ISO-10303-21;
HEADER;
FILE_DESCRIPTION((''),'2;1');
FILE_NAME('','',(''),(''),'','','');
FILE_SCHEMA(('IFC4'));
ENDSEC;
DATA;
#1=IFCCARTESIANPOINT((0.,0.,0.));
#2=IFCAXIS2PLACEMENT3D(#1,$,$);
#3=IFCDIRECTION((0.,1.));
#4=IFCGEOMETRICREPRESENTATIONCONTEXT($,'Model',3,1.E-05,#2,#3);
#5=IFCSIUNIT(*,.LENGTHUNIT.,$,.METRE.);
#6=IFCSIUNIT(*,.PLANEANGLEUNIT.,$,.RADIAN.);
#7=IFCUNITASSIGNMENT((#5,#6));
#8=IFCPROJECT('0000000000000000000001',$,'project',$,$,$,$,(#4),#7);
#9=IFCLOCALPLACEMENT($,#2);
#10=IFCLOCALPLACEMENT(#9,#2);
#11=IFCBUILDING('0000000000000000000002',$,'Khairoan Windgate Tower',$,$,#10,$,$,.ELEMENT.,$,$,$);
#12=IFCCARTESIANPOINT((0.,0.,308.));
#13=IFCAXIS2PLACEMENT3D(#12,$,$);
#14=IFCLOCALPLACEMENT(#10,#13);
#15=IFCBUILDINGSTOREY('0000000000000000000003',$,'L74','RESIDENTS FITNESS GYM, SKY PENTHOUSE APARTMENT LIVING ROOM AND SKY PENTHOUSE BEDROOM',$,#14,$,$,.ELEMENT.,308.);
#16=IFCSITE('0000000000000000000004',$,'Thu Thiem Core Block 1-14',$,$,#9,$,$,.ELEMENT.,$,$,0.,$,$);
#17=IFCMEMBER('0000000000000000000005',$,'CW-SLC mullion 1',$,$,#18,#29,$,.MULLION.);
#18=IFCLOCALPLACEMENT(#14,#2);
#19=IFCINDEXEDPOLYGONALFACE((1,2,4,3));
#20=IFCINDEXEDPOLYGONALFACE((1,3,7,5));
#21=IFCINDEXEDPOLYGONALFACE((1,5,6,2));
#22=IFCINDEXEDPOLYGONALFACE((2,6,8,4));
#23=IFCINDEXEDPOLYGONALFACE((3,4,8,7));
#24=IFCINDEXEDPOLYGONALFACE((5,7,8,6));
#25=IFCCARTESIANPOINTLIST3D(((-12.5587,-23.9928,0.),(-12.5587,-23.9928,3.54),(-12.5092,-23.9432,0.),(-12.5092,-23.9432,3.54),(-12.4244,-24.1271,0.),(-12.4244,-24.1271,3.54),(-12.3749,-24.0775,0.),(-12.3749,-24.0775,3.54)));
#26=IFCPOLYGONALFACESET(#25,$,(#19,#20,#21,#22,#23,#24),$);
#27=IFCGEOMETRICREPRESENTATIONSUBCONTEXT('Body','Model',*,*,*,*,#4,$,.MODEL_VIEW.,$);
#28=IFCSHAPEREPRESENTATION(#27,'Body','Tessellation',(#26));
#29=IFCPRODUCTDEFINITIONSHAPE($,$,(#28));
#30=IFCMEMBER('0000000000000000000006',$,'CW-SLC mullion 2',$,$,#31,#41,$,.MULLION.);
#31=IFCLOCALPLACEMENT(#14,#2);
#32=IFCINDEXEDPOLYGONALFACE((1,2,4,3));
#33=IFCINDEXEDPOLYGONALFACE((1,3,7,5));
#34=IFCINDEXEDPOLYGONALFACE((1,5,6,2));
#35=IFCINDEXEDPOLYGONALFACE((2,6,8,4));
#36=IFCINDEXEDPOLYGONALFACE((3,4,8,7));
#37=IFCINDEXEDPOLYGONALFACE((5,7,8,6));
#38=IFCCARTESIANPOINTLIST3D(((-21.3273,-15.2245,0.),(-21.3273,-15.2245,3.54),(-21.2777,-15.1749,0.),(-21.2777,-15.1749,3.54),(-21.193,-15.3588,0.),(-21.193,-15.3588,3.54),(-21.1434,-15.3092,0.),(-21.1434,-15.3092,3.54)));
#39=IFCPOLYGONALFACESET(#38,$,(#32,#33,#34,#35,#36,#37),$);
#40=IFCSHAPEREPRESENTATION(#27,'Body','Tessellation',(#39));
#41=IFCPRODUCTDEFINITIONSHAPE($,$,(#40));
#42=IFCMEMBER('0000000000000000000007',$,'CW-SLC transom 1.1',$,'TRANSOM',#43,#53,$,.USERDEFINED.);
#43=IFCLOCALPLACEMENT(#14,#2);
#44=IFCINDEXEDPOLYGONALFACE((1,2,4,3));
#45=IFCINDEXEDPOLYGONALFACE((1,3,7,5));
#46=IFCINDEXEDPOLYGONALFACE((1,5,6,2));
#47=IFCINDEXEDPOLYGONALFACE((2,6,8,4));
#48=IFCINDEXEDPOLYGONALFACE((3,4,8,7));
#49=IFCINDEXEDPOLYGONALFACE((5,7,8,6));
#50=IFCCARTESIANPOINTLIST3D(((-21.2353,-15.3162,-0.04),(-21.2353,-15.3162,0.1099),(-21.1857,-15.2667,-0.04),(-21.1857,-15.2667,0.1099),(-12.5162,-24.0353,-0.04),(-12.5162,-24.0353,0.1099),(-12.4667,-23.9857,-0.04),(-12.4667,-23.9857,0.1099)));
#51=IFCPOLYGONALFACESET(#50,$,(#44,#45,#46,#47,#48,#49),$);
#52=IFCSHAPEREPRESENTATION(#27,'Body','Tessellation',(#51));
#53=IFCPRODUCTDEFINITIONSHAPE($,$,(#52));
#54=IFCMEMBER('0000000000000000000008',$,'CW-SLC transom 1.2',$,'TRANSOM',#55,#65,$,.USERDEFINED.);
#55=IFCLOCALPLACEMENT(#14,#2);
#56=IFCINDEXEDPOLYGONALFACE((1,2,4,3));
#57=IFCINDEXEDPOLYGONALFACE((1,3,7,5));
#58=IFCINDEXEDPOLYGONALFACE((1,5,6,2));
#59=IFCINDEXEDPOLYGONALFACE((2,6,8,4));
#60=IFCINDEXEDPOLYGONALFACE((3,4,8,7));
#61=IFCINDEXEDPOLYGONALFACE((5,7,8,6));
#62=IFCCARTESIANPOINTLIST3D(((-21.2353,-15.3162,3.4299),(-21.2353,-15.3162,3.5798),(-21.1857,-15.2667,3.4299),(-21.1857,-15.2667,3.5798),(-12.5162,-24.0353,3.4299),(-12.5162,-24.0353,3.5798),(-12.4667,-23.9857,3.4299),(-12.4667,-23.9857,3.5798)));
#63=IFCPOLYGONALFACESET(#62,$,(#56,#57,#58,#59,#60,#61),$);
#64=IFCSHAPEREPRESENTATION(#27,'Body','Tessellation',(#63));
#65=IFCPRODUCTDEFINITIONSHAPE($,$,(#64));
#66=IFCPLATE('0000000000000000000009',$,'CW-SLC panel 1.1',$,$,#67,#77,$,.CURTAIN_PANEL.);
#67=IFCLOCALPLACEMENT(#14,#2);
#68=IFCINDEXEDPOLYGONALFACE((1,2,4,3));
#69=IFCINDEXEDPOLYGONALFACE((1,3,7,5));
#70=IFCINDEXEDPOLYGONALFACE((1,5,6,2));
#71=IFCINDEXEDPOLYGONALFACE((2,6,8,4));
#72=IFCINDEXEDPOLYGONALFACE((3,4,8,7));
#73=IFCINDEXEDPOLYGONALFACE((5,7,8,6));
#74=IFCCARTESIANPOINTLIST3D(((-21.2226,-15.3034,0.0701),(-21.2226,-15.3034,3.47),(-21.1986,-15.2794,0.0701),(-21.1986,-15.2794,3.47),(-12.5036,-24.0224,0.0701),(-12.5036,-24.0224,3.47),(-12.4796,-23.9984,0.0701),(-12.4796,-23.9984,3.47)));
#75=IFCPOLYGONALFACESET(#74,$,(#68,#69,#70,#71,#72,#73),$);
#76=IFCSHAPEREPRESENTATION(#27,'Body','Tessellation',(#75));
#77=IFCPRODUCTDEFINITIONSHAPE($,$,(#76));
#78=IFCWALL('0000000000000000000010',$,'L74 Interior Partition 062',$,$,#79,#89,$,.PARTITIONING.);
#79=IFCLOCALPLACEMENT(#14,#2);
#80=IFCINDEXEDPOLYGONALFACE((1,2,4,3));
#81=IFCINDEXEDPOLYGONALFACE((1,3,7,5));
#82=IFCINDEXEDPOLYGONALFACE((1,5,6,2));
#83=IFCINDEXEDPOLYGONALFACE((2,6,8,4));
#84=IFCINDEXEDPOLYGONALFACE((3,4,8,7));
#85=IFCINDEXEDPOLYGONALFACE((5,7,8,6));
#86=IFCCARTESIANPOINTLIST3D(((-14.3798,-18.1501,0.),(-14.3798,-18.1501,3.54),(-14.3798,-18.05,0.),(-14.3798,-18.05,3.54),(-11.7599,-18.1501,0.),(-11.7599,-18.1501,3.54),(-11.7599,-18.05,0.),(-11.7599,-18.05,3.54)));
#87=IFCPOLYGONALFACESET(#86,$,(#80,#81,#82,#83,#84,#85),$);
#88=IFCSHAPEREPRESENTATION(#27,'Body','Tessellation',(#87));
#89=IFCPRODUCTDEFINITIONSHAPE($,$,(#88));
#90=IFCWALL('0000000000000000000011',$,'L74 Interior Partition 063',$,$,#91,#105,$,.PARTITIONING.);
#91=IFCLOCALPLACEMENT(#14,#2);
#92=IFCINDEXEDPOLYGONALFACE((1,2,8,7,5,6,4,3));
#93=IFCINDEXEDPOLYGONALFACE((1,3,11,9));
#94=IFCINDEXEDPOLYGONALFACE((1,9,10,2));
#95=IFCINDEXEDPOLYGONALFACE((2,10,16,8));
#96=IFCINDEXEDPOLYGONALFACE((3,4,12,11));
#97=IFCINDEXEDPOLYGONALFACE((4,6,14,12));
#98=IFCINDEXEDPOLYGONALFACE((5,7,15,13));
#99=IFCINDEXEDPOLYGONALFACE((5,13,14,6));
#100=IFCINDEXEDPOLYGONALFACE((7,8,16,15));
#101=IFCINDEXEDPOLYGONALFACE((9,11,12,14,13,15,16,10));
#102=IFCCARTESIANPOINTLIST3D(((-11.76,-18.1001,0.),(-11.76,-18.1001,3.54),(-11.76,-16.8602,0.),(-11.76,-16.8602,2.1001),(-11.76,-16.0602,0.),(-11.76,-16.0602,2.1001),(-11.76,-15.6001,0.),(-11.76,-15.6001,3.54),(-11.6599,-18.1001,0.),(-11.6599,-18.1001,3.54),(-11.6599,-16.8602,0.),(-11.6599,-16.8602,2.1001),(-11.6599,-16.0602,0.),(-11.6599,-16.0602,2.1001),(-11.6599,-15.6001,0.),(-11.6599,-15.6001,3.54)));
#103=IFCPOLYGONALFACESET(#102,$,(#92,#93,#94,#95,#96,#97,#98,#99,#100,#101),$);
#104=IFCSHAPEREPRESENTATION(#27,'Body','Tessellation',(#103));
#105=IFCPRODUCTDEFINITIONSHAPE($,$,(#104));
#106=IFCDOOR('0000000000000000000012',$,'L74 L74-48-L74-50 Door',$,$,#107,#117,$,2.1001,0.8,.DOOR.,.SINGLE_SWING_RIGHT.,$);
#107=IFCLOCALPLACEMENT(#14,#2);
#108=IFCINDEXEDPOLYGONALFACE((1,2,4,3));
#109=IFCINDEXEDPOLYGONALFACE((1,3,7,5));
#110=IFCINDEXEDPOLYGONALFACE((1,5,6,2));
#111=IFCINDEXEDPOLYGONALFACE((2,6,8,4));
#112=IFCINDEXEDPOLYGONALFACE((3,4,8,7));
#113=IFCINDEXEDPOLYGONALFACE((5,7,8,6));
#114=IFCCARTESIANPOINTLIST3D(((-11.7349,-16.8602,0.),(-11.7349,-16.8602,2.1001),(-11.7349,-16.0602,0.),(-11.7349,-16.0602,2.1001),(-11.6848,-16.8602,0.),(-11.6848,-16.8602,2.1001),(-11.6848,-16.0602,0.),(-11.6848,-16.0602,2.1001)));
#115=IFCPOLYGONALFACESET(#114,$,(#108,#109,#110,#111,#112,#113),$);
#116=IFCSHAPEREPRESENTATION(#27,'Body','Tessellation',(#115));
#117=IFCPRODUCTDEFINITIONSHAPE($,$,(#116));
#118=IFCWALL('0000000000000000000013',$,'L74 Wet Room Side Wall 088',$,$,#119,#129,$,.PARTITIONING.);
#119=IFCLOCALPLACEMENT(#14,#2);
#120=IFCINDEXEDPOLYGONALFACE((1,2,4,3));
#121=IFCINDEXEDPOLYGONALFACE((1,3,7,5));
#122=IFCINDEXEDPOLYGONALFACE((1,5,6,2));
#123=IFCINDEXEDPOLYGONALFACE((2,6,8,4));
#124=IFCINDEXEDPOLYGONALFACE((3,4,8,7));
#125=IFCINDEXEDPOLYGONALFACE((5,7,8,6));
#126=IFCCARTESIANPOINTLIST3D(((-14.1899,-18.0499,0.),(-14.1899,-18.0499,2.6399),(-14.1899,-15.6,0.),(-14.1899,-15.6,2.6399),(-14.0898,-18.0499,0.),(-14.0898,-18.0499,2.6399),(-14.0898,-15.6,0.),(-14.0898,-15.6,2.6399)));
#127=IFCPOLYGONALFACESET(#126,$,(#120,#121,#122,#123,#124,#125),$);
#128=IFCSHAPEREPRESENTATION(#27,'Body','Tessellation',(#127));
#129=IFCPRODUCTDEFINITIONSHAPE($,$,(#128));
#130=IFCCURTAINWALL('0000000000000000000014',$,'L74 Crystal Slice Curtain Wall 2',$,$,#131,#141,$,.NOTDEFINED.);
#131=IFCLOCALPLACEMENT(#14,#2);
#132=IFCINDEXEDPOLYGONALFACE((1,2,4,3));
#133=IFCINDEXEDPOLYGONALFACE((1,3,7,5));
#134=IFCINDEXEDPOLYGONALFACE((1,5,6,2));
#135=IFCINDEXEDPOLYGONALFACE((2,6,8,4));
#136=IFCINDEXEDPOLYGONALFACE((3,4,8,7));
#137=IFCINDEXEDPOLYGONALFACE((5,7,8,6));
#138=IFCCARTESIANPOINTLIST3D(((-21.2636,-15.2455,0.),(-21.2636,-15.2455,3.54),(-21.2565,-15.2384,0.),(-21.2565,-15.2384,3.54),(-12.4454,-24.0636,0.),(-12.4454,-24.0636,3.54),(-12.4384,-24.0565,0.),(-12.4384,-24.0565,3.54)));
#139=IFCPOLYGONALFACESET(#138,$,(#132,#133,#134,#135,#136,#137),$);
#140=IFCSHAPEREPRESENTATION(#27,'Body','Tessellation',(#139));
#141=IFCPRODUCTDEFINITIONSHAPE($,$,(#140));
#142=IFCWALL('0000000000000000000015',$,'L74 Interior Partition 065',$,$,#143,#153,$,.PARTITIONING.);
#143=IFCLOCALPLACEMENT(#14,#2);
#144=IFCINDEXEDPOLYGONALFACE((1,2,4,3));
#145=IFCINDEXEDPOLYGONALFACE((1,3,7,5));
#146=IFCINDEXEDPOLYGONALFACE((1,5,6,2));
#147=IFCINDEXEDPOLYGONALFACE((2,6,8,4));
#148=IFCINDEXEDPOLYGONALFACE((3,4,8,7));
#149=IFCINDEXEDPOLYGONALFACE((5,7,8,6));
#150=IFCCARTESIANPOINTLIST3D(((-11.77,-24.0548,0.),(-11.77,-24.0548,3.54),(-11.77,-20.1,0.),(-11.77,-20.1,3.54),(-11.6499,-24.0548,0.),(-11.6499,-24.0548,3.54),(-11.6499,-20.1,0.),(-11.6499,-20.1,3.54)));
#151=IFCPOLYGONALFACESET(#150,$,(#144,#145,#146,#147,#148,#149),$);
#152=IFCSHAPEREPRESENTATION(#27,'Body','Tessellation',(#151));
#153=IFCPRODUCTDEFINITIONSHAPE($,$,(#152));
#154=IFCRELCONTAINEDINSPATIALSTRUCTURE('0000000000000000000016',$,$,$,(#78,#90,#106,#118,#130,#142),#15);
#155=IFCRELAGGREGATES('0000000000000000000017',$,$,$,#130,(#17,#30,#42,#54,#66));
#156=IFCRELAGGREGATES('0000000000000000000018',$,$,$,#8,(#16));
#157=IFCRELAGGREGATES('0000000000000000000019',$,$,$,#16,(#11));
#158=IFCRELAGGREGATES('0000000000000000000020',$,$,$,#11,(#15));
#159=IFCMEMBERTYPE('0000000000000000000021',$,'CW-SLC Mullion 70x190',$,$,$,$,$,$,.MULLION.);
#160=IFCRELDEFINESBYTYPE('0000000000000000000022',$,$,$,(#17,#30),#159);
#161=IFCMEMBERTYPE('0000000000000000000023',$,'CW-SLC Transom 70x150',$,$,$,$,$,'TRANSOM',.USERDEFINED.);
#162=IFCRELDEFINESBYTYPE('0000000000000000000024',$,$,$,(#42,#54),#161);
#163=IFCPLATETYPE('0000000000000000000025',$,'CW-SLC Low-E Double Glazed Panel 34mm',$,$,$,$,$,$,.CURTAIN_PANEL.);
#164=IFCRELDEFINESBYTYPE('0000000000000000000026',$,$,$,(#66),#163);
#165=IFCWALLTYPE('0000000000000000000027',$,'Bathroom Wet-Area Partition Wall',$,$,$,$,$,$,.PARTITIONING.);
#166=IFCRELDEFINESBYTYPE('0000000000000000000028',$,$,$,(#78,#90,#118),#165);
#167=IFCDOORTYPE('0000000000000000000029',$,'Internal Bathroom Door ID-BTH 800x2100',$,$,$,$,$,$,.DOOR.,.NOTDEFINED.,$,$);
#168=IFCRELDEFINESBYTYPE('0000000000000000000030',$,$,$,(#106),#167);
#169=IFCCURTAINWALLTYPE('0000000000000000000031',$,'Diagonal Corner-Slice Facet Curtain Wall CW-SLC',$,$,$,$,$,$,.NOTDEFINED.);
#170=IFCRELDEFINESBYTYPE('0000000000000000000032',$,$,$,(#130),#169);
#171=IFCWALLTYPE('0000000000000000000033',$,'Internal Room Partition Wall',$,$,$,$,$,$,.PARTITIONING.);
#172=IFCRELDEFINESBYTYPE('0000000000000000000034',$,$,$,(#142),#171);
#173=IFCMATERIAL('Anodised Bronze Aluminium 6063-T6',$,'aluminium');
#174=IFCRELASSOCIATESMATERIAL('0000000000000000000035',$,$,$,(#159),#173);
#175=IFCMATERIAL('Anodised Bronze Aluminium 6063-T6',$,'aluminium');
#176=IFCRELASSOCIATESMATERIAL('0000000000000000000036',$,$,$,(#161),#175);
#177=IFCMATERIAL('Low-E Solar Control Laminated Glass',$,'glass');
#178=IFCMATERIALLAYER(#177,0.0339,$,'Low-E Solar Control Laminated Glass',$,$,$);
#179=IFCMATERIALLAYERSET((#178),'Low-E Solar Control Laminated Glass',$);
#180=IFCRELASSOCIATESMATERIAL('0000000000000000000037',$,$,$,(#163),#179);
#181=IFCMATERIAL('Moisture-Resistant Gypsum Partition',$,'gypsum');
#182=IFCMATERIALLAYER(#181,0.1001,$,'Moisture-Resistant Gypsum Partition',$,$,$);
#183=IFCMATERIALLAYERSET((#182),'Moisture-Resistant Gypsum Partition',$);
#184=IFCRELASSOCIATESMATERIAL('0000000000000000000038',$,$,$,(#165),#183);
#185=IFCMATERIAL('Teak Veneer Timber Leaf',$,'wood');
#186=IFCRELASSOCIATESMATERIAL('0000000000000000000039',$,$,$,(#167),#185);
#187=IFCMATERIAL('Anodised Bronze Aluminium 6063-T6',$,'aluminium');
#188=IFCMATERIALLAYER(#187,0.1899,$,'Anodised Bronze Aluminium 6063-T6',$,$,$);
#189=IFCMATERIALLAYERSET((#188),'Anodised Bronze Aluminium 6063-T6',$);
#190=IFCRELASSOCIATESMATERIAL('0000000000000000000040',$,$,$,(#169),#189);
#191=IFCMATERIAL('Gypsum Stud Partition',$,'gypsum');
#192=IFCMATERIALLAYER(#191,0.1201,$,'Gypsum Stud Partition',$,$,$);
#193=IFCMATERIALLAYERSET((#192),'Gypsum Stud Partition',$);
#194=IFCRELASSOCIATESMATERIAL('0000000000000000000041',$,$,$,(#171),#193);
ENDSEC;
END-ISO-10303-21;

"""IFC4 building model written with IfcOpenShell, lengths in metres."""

from ifc_helpers import new_model, si_unit, direction, frame, frame_2d, origin, origin_2d, place, context, subcontext, project, spatial, rectangle, extrude, material, layer, layer_set, material_profile, profile_set, type_object, element, fill, aggregate, save


model = new_model("IFC4")

# Units and contexts
model_context = context("Model", 3, precision=1e-05, world=origin(), true_north=direction((0.0, 1.0)))
body_context = subcontext(model_context, "Body", "Model", "MODEL_VIEW")
ifc_project = project(units=[si_unit("LENGTHUNIT", "METRE"), si_unit("PLANEANGLEUNIT", "RADIAN")], contexts=[model_context])

# Site, building, storey
site_placement = place(None, origin())
site = spatial("IfcSite", under=ifc_project, at=site_placement, Name="Thu Thiem Core Block 1-14", CompositionType="ELEMENT", RefElevation=0.0)
building_placement = place(site_placement, origin())
building = spatial("IfcBuilding", under=site, at=building_placement, Name="Khairoan Windgate Tower", CompositionType="ELEMENT")
storey_placement = place(building_placement, frame((0.0, 0.0, 308.0)))
storey = spatial("IfcBuildingStorey", under=building, at=storey_placement, Name="L74", Description="RESIDENTS FITNESS GYM, SKY PENTHOUSE APARTMENT LIVING ROOM AND SKY PENTHOUSE BEDROOM", CompositionType="ELEMENT", Elevation=308.0)

# Members
ifc_material_1 = material(Name="Anodised Bronze Aluminium 6063-T6", Category="aluminium")
ifc_material_profile_1 = material_profile(ifc_material_1, rectangle(XDim=0.0701, YDim=0.1899, at=origin_2d()))
ifc_profile_set_1 = profile_set([ifc_material_profile_1], Name="Anodised Bronze Aluminium 6063-T6")
member_type_1 = type_object("IfcMemberType", Name="CW-SLC Mullion 70x190", PredefinedType="MULLION", material=ifc_profile_set_1)
member_1_placement = place(storey_placement, frame((-12.4668, -24.0352, 0.0), z_axis=(0.0, 0.0, 1.0), x_axis=(-0.707107, -0.707107, 0.0)))
member_1 = element("IfcMember", 1, at=member_1_placement, type_object=member_type_1, Name="CW-SLC mullion 1", PredefinedType="MULLION", context=body_context, shape_type="SweptSolid", body=[
    extrude(rectangle(XDim=0.0701, YDim=0.1899, at=origin_2d()), origin(), (0.0, 0.0, 1.0), 3.54),
])
member_2_placement = place(storey_placement, frame((-21.2354, -15.2668, 0.0), z_axis=(0.0, 0.0, 1.0), x_axis=(-0.707107, -0.707107, 0.0)))
member_2 = element("IfcMember", 2, at=member_2_placement, type_object=member_type_1, Name="CW-SLC mullion 2", PredefinedType="MULLION", context=body_context, shape_type="SweptSolid", body=[
    extrude(rectangle(XDim=0.0701, YDim=0.1899, at=origin_2d()), origin(), (0.0, 0.0, 1.0), 3.54),
])
ifc_material_2 = material(Name="Anodised Bronze Aluminium 6063-T6", Category="aluminium")
ifc_material_profile_2 = material_profile(ifc_material_2, rectangle(XDim=0.0701, YDim=0.1499, at=origin_2d()))
ifc_profile_set_2 = profile_set([ifc_material_profile_2], Name="Anodised Bronze Aluminium 6063-T6")
member_type_2 = type_object("IfcMemberType", Name="CW-SLC Transom 70x150", ElementType="TRANSOM", PredefinedType="USERDEFINED", material=ifc_profile_set_2)
member_3_placement = place(storey_placement, frame((-12.4915, -24.0105, 0.0349), z_axis=(-0.707107, 0.707107, 0.0), x_axis=(-0.707107, -0.707107, 0.0)))
member_3 = element("IfcMember", 3, at=member_3_placement, type_object=member_type_2, Name="CW-SLC transom 1.1", ObjectType="TRANSOM", PredefinedType="USERDEFINED", context=body_context, shape_type="SweptSolid", body=[
    extrude(rectangle(XDim=0.0701, YDim=0.1499, at=origin_2d()), origin(), (0.0, 0.0, 1.0), 12.3306),
])
member_4_placement = place(storey_placement, frame((-12.4915, -24.0105, 3.5049), z_axis=(-0.707107, 0.707107, 0.0), x_axis=(-0.707107, -0.707107, 0.0)))
member_4 = element("IfcMember", 4, at=member_4_placement, type_object=member_type_2, Name="CW-SLC transom 1.2", ObjectType="TRANSOM", PredefinedType="USERDEFINED", context=body_context, shape_type="SweptSolid", body=[
    extrude(rectangle(XDim=0.0701, YDim=0.1499, at=origin_2d()), origin(), (0.0, 0.0, 1.0), 12.3306),
])

# Plate
ifc_material_3 = material(Name="Low-E Solar Control Laminated Glass", Category="glass")
ifc_layer_1 = layer(ifc_material_3, 0.0339, Name="Low-E Solar Control Laminated Glass")
ifc_layer_set_1 = layer_set([ifc_layer_1], Name="Low-E Solar Control Laminated Glass")
plate_type = type_object("IfcPlateType", Name="CW-SLC Low-E Double Glazed Panel 34mm", PredefinedType="CURTAIN_PANEL", material=ifc_layer_set_1)
plate_placement = place(storey_placement, frame((-16.8511, -19.6509, 0.0701), z_axis=(0.0, 0.0, 1.0), x_axis=(-0.707107, 0.707107, 0.0)))
plate = element("IfcPlate", 5, at=plate_placement, type_object=plate_type, Name="CW-SLC panel 1.1", PredefinedType="CURTAIN_PANEL", context=body_context, shape_type="SweptSolid", body=[
    extrude(rectangle(XDim=12.3306, YDim=0.0339, at=origin_2d()), origin(), (0.0, 0.0, 1.0), 3.3999),
])

# Wall
ifc_material_4 = material(Name="Moisture-Resistant Gypsum Partition", Category="gypsum")
ifc_layer_2 = layer(ifc_material_4, 0.1001, Name="Moisture-Resistant Gypsum Partition")
ifc_layer_set_2 = layer_set([ifc_layer_2], Name="Moisture-Resistant Gypsum Partition")
wall_type_1 = type_object("IfcWallType", Name="Bathroom Wet-Area Partition Wall", PredefinedType="PARTITIONING", material=ifc_layer_set_2)
wall_1_placement = place(storey_placement, frame((-14.3799, -18.1001, 0.0), z_axis=(0.0, 0.0, 1.0), x_axis=(1.0, 0.0, 0.0)))
element("IfcWall", 6, at=wall_1_placement, inside=storey, type_object=wall_type_1, Name="L74 Interior Partition 062", PredefinedType="PARTITIONING", context=body_context, shape_type="SweptSolid", body=[
    extrude(rectangle(XDim=2.6199, YDim=0.1001, at=frame_2d((1.3101, 0.0))), origin(), (0.0, 0.0, 1.0), 3.54),
])

# Wall, opening, door
wall_2_placement = place(storey_placement, frame((-11.71, -18.1001, 0.0), z_axis=(0.0, 0.0, 1.0), x_axis=(0.0, 1.0, 0.0)))
wall_2 = element("IfcWall", 7, at=wall_2_placement, inside=storey, type_object=wall_type_1, Name="L74 Interior Partition 063", PredefinedType="PARTITIONING", context=body_context, shape_type="SweptSolid", body=[
    extrude(rectangle(XDim=2.5, YDim=0.1001, at=frame_2d((1.25, 0.0))), origin(), (0.0, 0.0, 1.0), 3.54),
])
opening_1_placement = place(wall_2_placement, frame((1.24, 0.0, 0.0)))
opening_1 = element("IfcOpeningElement", 8, at=opening_1_placement, cuts=wall_2, PredefinedType="OPENING", context=body_context, shape_type="SweptSolid", body=[
    extrude(rectangle(XDim=0.8, YDim=2.1001, at=frame_2d((0.3999, 1.05))), frame((0.0, 0.0601, 0.0), z_axis=(0.0, -1.0, 0.0), x_axis=(1.0, 0.0, 0.0)), (0.0, 0.0, 1.0), 0.1201),
])
ifc_material_5 = material(Name="Teak Veneer Timber Leaf", Category="wood")
door_type_1 = type_object("IfcDoorType", Name="Internal Bathroom Door ID-BTH 800x2100", OperationType="NOTDEFINED", PredefinedType="DOOR", material=ifc_material_5)
door_1_placement = place(opening_1_placement, origin())
door_1 = element("IfcDoor", 9, at=door_1_placement, inside=storey, type_object=door_type_1, Name="L74 L74-48-L74-50 Door", OperationType="SINGLE_SWING_RIGHT", OverallHeight=2.1001, OverallWidth=0.8, PredefinedType="DOOR", context=body_context, shape_type="SweptSolid", body=[
    extrude(rectangle(XDim=0.8, YDim=2.1001, at=frame_2d((0.3999, 1.05))), frame((0.0, 0.0249, 0.0), z_axis=(0.0, -1.0, 0.0), x_axis=(1.0, 0.0, 0.0)), (0.0, 0.0, 1.0), 0.05),
])
fill(opening_1, door_1)

# Wall
wall_3_placement = place(storey_placement, frame((-14.1399, -18.05, 0.0), z_axis=(0.0, 0.0, 1.0), x_axis=(0.0, 1.0, 0.0)))
element("IfcWall", 10, at=wall_3_placement, inside=storey, type_object=wall_type_1, Name="L74 Wet Room Side Wall 088", PredefinedType="PARTITIONING", context=body_context, shape_type="SweptSolid", body=[
    extrude(rectangle(XDim=2.45, YDim=0.1001, at=frame_2d((1.2251, 0.0))), origin(), (0.0, 0.0, 1.0), 2.6399),
])

# Curtain wall
ifc_material_6 = material(Name="Anodised Bronze Aluminium 6063-T6", Category="aluminium")
ifc_layer_3 = layer(ifc_material_6, 0.1899, Name="Anodised Bronze Aluminium 6063-T6")
ifc_layer_set_3 = layer_set([ifc_layer_3], Name="Anodised Bronze Aluminium 6063-T6")
curtain_wall_type = type_object("IfcCurtainWallType", Name="Diagonal Corner-Slice Facet Curtain Wall CW-SLC", PredefinedType="NOTDEFINED", material=ifc_layer_set_3)
curtain_wall_placement = place(storey_placement, frame((-12.4419, -24.0601, 0.0), z_axis=(0.0, 0.0, 1.0), x_axis=(-0.707107, 0.707107, 0.0)))
curtain_wall = element("IfcCurtainWall", 11, at=curtain_wall_placement, inside=storey, type_object=curtain_wall_type, Name="L74 Crystal Slice Curtain Wall 2", PredefinedType="NOTDEFINED", context=body_context, shape_type="SweptSolid", body=[
    extrude(rectangle(XDim=12.4707, YDim=0.01, at=frame_2d((6.2354, 0.0))), origin(), (0.0, 0.0, 1.0), 3.54),
])
aggregate(curtain_wall, [member_1, member_2, member_3, member_4, plate])

# Shared definitions
ifc_material_7 = material(Name="Gypsum Stud Partition", Category="gypsum")
ifc_layer_4 = layer(ifc_material_7, 0.1201, Name="Gypsum Stud Partition")
ifc_layer_set_4 = layer_set([ifc_layer_4], Name="Gypsum Stud Partition")
wall_type_2 = type_object("IfcWallType", Name="Internal Room Partition Wall", PredefinedType="PARTITIONING", material=ifc_layer_set_4)

# Wall
wall_4_placement = place(storey_placement, frame((-11.71, -24.0549, 0.0), z_axis=(0.0, 0.0, 1.0), x_axis=(0.0, 1.0, 0.0)))
element("IfcWall", 12, at=wall_4_placement, inside=storey, type_object=wall_type_2, Name="L74 Interior Partition 065", PredefinedType="PARTITIONING", context=body_context, shape_type="SweptSolid", body=[
    extrude(rectangle(XDim=3.9548, YDim=0.1201, at=frame_2d((1.9775, 0.0))), origin(), (0.0, 0.0, 1.0), 3.54),
])

save(model, "model.ifc")
